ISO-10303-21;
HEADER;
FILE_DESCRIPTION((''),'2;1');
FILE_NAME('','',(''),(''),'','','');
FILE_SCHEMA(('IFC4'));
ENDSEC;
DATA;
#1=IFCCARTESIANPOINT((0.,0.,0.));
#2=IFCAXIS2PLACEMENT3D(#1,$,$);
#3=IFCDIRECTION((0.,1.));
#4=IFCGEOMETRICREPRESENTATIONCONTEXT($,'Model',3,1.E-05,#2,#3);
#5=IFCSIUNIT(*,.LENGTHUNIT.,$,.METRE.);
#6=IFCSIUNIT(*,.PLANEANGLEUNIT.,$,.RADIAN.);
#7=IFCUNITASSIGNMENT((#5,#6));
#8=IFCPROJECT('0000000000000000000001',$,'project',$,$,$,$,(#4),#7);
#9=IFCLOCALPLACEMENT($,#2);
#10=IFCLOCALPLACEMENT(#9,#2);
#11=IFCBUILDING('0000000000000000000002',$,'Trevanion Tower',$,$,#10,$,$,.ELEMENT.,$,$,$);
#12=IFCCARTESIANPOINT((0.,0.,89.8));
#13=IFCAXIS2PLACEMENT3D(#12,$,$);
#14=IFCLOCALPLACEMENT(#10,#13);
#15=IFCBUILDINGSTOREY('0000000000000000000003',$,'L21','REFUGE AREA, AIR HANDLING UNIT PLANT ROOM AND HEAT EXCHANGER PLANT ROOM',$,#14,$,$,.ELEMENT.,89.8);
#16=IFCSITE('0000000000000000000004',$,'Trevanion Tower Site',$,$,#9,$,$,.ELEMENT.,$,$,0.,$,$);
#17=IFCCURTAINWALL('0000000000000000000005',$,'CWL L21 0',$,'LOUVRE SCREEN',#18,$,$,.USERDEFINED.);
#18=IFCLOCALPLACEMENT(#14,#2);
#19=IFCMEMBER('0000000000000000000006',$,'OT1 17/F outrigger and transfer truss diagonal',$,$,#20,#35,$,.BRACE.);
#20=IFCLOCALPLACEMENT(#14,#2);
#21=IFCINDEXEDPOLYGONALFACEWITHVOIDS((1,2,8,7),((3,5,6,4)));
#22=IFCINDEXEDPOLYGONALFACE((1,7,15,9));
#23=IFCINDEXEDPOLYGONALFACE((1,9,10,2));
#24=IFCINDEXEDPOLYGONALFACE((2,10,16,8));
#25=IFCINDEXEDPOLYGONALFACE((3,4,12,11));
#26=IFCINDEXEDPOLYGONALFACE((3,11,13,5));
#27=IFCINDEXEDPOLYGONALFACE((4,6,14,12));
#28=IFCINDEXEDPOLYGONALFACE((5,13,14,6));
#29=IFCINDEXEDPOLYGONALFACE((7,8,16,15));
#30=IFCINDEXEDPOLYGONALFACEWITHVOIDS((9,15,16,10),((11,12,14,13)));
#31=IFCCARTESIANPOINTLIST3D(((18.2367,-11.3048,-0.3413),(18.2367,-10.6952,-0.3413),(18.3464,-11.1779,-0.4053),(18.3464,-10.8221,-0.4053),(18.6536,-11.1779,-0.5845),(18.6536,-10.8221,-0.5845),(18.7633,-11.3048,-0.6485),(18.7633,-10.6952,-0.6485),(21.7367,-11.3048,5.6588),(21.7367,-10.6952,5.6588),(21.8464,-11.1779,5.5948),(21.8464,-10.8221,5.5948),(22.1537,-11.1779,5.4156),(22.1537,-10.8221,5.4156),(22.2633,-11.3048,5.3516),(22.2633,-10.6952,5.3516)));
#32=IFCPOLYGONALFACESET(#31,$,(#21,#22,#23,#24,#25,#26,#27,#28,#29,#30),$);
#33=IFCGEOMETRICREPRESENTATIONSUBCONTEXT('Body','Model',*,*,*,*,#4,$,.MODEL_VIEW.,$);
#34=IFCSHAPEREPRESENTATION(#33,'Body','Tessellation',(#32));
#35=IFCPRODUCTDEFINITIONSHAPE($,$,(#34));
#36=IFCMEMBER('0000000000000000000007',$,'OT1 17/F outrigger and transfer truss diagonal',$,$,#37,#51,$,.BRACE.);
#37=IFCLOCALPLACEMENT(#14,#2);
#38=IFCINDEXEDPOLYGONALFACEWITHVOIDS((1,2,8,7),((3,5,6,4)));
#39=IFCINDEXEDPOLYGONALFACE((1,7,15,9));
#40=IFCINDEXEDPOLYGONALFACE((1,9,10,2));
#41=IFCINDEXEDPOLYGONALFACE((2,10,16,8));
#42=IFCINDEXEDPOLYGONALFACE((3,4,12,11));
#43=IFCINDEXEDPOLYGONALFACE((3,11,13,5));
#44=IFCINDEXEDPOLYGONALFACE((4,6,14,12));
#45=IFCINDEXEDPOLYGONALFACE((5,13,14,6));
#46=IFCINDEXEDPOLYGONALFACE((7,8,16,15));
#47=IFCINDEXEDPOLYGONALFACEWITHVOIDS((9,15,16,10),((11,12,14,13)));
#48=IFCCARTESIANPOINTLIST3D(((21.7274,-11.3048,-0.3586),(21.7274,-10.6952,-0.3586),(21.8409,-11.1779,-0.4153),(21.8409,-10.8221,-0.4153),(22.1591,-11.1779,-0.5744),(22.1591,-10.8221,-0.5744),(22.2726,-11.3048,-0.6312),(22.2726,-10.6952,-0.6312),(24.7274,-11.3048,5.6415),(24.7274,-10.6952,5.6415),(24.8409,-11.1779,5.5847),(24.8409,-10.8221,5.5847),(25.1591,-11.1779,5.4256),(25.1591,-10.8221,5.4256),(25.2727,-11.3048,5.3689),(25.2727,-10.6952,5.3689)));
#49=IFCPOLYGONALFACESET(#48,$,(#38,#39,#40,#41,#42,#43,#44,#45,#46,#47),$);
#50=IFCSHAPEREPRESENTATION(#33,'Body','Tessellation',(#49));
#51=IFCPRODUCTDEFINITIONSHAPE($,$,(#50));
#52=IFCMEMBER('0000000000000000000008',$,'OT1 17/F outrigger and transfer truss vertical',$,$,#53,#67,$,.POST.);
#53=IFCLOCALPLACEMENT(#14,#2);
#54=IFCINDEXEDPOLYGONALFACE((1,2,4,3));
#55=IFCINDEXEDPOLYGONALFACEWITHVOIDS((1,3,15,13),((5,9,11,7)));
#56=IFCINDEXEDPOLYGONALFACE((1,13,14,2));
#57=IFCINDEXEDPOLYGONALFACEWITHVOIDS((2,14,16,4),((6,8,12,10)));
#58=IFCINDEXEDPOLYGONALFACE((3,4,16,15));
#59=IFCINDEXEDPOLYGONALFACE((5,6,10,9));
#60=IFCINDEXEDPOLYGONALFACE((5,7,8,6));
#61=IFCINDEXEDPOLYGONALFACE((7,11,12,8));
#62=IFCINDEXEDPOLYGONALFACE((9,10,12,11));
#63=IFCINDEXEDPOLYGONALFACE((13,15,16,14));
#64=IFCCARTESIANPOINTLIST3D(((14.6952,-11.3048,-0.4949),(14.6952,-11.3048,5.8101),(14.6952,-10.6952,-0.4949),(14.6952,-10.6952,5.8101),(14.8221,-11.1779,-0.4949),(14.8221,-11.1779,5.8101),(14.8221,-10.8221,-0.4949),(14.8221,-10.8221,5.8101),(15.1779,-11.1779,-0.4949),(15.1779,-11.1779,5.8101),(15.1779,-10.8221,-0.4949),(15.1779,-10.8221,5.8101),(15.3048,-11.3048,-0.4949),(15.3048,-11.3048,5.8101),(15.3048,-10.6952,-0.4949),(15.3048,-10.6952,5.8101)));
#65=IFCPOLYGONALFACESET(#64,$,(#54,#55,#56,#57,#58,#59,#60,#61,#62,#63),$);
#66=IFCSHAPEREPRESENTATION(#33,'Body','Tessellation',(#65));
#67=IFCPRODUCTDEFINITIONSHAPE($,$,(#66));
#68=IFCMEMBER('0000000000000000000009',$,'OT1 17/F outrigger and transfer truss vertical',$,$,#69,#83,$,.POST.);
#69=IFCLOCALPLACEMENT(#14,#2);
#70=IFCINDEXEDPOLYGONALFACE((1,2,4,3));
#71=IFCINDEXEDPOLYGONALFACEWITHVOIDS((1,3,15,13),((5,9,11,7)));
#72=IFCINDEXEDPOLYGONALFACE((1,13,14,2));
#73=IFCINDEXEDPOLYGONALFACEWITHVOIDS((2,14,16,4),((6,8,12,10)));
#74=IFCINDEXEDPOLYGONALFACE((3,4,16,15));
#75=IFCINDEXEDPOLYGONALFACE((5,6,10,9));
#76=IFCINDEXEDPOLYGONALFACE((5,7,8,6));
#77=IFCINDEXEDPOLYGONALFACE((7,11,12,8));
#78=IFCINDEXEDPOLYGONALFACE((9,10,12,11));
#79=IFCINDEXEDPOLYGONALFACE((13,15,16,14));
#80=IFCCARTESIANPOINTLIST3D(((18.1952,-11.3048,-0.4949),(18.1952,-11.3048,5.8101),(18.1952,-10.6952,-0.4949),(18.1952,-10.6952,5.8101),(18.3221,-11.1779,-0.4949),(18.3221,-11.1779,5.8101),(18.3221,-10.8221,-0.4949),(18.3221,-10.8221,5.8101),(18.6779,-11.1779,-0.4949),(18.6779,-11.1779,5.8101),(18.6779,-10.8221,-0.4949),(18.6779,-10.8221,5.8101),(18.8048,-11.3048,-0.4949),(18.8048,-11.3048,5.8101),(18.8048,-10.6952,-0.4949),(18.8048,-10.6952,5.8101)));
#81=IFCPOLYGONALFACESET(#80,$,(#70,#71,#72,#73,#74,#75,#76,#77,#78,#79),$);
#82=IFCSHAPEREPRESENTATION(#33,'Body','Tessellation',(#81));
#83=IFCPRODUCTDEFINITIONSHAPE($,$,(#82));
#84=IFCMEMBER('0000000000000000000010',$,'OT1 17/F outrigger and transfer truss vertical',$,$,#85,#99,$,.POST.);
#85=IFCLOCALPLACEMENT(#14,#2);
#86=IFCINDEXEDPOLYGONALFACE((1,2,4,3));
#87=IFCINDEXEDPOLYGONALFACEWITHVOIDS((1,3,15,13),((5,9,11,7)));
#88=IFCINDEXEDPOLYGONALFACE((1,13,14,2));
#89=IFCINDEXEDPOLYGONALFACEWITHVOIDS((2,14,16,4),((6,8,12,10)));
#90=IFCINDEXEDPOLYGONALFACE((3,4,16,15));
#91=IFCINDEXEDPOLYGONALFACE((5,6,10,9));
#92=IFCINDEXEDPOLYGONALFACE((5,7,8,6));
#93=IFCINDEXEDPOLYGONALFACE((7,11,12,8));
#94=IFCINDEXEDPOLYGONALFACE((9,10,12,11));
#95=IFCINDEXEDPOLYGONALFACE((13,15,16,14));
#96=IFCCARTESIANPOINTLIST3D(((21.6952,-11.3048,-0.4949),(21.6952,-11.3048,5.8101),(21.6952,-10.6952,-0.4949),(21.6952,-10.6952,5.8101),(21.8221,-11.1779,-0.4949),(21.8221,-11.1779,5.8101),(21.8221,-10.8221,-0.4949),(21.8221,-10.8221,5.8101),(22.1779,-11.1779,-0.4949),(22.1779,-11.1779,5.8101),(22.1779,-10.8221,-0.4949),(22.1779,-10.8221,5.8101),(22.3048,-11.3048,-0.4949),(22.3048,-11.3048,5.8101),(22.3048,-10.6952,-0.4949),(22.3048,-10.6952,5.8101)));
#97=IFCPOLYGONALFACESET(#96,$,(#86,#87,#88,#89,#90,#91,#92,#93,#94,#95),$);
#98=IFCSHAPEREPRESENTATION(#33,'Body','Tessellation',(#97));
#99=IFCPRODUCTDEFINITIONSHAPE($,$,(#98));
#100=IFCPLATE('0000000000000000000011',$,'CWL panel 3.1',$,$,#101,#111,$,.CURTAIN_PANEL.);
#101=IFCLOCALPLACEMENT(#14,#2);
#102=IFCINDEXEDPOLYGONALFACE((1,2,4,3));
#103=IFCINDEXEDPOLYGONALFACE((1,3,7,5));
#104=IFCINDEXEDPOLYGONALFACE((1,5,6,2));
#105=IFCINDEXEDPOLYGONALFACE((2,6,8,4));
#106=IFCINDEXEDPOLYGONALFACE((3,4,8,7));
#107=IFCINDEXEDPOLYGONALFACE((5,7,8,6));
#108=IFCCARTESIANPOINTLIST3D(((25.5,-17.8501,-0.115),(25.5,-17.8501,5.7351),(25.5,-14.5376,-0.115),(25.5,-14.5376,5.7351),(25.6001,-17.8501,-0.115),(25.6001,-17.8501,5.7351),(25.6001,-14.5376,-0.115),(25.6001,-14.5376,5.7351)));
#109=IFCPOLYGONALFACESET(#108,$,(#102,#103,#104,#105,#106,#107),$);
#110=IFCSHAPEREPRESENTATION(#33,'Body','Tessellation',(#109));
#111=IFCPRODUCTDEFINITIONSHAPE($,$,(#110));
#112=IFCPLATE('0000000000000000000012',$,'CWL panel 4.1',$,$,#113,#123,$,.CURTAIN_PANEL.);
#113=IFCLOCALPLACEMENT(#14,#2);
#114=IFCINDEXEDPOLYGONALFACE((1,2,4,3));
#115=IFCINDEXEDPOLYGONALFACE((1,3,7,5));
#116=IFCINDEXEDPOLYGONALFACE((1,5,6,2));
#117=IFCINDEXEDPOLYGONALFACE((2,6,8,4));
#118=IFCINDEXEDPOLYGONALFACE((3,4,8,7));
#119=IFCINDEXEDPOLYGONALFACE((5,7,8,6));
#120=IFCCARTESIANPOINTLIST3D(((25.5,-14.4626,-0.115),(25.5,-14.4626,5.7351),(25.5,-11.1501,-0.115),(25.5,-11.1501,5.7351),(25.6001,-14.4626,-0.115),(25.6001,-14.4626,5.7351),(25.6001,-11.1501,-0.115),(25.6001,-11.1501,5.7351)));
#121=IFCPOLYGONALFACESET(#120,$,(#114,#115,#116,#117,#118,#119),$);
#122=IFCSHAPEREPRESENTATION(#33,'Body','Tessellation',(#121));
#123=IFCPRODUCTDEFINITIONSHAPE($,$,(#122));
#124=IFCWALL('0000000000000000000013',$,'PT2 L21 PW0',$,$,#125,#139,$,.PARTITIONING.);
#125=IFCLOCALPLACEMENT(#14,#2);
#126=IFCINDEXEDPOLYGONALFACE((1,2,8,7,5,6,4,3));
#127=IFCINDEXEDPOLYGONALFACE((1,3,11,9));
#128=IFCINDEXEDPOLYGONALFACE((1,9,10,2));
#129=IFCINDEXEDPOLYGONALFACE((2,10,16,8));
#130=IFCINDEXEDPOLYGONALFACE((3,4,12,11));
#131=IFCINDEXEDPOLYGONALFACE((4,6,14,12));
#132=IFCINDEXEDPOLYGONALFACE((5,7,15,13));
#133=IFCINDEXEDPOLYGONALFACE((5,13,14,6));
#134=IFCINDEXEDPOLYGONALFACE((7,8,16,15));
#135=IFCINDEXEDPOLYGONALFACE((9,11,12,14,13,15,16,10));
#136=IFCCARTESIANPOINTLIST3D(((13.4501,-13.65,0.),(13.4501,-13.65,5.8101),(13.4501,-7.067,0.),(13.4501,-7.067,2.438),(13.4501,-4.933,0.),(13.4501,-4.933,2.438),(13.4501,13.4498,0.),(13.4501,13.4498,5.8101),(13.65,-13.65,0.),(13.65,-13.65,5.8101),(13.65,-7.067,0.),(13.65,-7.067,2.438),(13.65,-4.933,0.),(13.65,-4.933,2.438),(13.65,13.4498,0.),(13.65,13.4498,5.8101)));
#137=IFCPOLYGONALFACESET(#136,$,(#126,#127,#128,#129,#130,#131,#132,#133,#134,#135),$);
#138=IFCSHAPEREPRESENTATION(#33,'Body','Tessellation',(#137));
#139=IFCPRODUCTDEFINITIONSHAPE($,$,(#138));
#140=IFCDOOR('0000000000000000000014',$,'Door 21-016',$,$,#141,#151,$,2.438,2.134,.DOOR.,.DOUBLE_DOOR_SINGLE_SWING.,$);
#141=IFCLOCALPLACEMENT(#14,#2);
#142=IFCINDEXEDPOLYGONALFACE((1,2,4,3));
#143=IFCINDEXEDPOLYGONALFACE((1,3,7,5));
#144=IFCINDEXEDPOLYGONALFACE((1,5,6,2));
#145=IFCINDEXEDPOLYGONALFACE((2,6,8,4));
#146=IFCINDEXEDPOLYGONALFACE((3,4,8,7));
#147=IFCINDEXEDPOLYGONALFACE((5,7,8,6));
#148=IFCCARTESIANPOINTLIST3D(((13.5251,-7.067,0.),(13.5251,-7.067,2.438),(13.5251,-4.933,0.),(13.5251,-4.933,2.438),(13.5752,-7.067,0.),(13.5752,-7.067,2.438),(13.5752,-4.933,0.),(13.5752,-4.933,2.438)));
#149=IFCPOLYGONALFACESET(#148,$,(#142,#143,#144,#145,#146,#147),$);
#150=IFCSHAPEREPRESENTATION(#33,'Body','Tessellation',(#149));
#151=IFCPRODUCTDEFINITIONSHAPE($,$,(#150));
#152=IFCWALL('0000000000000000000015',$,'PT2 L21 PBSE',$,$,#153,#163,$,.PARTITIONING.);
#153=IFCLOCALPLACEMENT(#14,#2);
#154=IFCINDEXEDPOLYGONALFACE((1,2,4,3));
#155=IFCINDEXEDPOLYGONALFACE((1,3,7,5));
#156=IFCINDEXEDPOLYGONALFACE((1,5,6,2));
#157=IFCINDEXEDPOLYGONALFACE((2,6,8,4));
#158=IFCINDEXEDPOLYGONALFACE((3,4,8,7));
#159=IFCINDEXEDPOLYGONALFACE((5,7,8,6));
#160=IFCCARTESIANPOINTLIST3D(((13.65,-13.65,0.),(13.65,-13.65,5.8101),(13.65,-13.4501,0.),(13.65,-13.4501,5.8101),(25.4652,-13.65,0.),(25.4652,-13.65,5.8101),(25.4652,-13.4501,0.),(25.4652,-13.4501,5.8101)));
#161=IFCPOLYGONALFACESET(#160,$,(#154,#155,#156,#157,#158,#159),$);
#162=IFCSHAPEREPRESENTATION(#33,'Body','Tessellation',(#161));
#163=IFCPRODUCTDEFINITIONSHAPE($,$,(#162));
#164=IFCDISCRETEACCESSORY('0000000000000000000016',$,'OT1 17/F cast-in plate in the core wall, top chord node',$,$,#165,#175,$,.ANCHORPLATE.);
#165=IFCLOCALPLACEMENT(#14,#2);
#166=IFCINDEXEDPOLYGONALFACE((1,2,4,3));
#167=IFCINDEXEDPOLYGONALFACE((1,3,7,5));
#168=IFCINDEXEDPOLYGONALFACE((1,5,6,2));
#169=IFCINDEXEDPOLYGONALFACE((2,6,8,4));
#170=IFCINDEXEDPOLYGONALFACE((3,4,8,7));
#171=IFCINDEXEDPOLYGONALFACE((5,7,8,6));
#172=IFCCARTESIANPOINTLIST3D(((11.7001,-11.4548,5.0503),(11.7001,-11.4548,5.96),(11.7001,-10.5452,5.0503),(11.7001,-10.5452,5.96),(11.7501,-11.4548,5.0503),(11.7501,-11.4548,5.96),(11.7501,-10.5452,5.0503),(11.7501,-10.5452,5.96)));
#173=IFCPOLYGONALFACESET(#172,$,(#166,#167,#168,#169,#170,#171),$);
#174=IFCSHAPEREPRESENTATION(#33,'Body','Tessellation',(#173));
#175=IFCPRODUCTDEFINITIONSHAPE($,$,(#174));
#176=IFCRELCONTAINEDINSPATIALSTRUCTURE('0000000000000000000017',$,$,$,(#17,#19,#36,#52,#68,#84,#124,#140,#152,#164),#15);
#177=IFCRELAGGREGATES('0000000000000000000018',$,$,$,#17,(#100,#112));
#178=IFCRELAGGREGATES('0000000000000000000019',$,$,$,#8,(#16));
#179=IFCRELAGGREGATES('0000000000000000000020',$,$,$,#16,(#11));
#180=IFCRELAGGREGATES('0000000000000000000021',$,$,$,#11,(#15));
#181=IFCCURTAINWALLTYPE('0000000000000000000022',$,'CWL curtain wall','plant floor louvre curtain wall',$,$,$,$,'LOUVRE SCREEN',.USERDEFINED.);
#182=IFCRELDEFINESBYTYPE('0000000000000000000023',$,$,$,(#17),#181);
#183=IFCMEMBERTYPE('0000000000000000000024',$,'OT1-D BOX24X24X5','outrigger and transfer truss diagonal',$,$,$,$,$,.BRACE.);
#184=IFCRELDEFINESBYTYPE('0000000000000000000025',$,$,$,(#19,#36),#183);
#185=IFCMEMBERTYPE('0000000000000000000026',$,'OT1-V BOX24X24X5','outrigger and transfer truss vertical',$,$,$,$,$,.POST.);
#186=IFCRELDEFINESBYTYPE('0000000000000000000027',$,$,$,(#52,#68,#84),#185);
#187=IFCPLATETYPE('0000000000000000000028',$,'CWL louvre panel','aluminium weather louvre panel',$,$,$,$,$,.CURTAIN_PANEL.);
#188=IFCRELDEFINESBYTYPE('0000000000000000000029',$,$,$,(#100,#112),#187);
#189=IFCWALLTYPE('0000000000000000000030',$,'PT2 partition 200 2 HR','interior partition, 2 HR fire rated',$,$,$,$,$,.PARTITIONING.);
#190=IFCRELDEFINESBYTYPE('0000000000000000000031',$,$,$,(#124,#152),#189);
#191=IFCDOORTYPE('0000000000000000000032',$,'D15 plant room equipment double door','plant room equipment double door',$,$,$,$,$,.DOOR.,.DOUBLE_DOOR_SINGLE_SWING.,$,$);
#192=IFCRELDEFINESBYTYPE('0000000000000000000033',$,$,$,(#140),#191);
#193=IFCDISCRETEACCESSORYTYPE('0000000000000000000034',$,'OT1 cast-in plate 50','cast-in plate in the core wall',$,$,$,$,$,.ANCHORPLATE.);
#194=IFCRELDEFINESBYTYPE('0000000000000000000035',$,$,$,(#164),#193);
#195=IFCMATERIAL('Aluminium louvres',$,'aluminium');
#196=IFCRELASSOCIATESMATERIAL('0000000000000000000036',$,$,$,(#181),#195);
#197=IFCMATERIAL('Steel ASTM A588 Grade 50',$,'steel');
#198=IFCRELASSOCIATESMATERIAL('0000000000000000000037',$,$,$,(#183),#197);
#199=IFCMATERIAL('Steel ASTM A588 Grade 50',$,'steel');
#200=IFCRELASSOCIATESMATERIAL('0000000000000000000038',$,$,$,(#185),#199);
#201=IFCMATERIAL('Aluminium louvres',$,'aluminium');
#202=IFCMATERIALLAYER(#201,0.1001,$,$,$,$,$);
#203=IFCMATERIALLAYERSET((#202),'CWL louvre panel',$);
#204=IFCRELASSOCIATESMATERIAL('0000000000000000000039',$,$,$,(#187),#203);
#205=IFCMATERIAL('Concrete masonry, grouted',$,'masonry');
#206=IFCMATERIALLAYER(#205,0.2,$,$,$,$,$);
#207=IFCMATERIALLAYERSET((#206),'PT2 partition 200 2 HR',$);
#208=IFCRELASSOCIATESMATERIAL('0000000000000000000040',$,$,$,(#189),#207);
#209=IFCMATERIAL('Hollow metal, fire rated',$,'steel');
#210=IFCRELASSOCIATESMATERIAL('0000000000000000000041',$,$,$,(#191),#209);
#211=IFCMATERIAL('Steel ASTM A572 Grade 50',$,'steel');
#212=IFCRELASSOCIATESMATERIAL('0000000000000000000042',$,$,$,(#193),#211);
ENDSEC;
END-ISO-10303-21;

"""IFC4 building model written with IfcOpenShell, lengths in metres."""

from ifc_helpers import new_model, si_unit, direction, frame, frame_2d, origin, origin_2d, place, context, subcontext, project, spatial, rectangle, hollow_rectangle, extrude, material, layer, layer_set, material_profile, profile_set, type_object, element, fill, aggregate, save


model = new_model("IFC4")

# Units and contexts
model_context = context("Model", 3, precision=1e-05, world=origin(), true_north=direction((0.0, 1.0)))
body_context = subcontext(model_context, "Body", "Model", "MODEL_VIEW")
ifc_project = project(units=[si_unit("LENGTHUNIT", "METRE"), si_unit("PLANEANGLEUNIT", "RADIAN")], contexts=[model_context])

# Site, building, storey
site_placement = place(None, origin())
site = spatial("IfcSite", under=ifc_project, at=site_placement, Name="Trevanion Tower Site", CompositionType="ELEMENT", RefElevation=0.0)
building_placement = place(site_placement, origin())
building = spatial("IfcBuilding", under=site, at=building_placement, Name="Trevanion Tower", CompositionType="ELEMENT")
storey_placement = place(building_placement, frame((0.0, 0.0, 89.8)))
storey = spatial("IfcBuildingStorey", under=building, at=storey_placement, Name="L21", Description="REFUGE AREA, AIR HANDLING UNIT PLANT ROOM AND HEAT EXCHANGER PLANT ROOM", CompositionType="ELEMENT", Elevation=89.8)

# Curtain wall
ifc_material_1 = material(Name="Aluminium louvres", Category="aluminium")
curtain_wall_type = type_object("IfcCurtainWallType", Name="CWL curtain wall", Description="plant floor louvre curtain wall", ElementType="LOUVRE SCREEN", PredefinedType="USERDEFINED", material=ifc_material_1)
curtain_wall_placement = place(storey_placement, origin())
curtain_wall = element("IfcCurtainWall", 1, at=curtain_wall_placement, inside=storey, type_object=curtain_wall_type, Name="CWL L21 0", ObjectType="LOUVRE SCREEN", PredefinedType="USERDEFINED")

# Members
ifc_material_2 = material(Name="Steel ASTM A588 Grade 50", Category="steel")
ifc_material_profile_1 = material_profile(ifc_material_2, hollow_rectangle(XDim=0.6096, YDim=0.6096, WallThickness=0.127, at=origin_2d()), Name="BOX24X24X5")
ifc_profile_set_1 = profile_set([ifc_material_profile_1], Name="Steel ASTM A588 Grade 50")
member_type_1 = type_object("IfcMemberType", Name="OT1-D BOX24X24X5", Description="outrigger and transfer truss diagonal", PredefinedType="BRACE", material=ifc_profile_set_1)
for number, where, z_axis, x_axis, name in (
    (2, (18.5, -11.0, -0.4949), (0.503871, 0.0, 0.863779), (0.0, 1.0, 0.0), "OT1 17/F outrigger and transfer truss diagonal"),
):
    element("IfcMember", number, at=place(storey_placement, frame(where, z_axis=z_axis, x_axis=x_axis)), inside=storey, type_object=member_type_1, Name=name, PredefinedType="BRACE", context=body_context, shape_type="SweptSolid", body=[
        extrude(hollow_rectangle(XDim=0.6096, YDim=0.6096, WallThickness=0.127, at=origin_2d()), origin(), (0.0, 0.0, 1.0), 6.9463),
    ])
member_1_placement = place(storey_placement, frame((22.0, -11.0, -0.4949), z_axis=(0.447214, 0.0, 0.894427), x_axis=(0.0, 1.0, 0.0)))
element("IfcMember", 3, at=member_1_placement, inside=storey, type_object=member_type_1, Name="OT1 17/F outrigger and transfer truss diagonal", PredefinedType="BRACE", context=body_context, shape_type="SweptSolid", body=[
    extrude(hollow_rectangle(XDim=0.6096, YDim=0.6096, WallThickness=0.127, at=origin_2d()), origin(), (0.0, 0.0, 1.0), 6.7083),
])
ifc_material_3 = material(Name="Steel ASTM A588 Grade 50", Category="steel")
ifc_material_profile_2 = material_profile(ifc_material_3, hollow_rectangle(XDim=0.6096, YDim=0.6096, WallThickness=0.127, at=origin_2d()), Name="BOX24X24X5")
ifc_profile_set_2 = profile_set([ifc_material_profile_2], Name="Steel ASTM A588 Grade 50")
member_type_2 = type_object("IfcMemberType", Name="OT1-V BOX24X24X5", Description="outrigger and transfer truss vertical", PredefinedType="POST", material=ifc_profile_set_2)
for number, where, z_axis, x_axis, name in (
    (4, (15.0, -11.0, -0.4949), (0.0, 0.0, 1.0), (1.0, 0.0, 0.0), "OT1 17/F outrigger and transfer truss vertical"),
    (5, (18.5, -11.0, -0.4949), (0.0, 0.0, 1.0), (1.0, 0.0, 0.0), "OT1 17/F outrigger and transfer truss vertical"),
    (6, (22.0, -11.0, -0.4949), (0.0, 0.0, 1.0), (1.0, 0.0, 0.0), "OT1 17/F outrigger and transfer truss vertical"),
):
    element("IfcMember", number, at=place(storey_placement, frame(where, z_axis=z_axis, x_axis=x_axis)), inside=storey, type_object=member_type_2, Name=name, PredefinedType="POST", context=body_context, shape_type="SweptSolid", body=[
        extrude(hollow_rectangle(XDim=0.6096, YDim=0.6096, WallThickness=0.127, at=origin_2d()), origin(), (0.0, 0.0, 1.0), 6.3049),
    ])

# Plates
ifc_material_4 = material(Name="Aluminium louvres", Category="aluminium")
ifc_layer_1 = layer(ifc_material_4, 0.1001)
ifc_layer_set_1 = layer_set([ifc_layer_1], Name="CWL louvre panel")
plate_type = type_object("IfcPlateType", Name="CWL louvre panel", Description="aluminium weather louvre panel", PredefinedType="CURTAIN_PANEL", material=ifc_layer_set_1)
plate_1_placement = place(storey_placement, frame((25.55, -16.1938, -0.115), z_axis=(0.0, 0.0, 1.0), x_axis=(0.0, 1.0, 0.0)))
plate_1 = element("IfcPlate", 7, at=plate_1_placement, type_object=plate_type, Name="CWL panel 3.1", PredefinedType="CURTAIN_PANEL", context=body_context, shape_type="SweptSolid", body=[
    extrude(rectangle(XDim=3.3125, YDim=0.1001, at=origin_2d()), origin(), (0.0, 0.0, 1.0), 5.8501),
])
plate_2_placement = place(storey_placement, frame((25.55, -12.8064, -0.115), z_axis=(0.0, 0.0, 1.0), x_axis=(0.0, 1.0, 0.0)))
plate_2 = element("IfcPlate", 8, at=plate_2_placement, type_object=plate_type, Name="CWL panel 4.1", PredefinedType="CURTAIN_PANEL", context=body_context, shape_type="SweptSolid", body=[
    extrude(rectangle(XDim=3.3125, YDim=0.1001, at=origin_2d()), origin(), (0.0, 0.0, 1.0), 5.8501),
])
aggregate(curtain_wall, [plate_1, plate_2])

# Wall, opening, door
ifc_material_5 = material(Name="Concrete masonry, grouted", Category="masonry")
ifc_layer_2 = layer(ifc_material_5, 0.2)
ifc_layer_set_2 = layer_set([ifc_layer_2], Name="PT2 partition 200 2 HR")
wall_type = type_object("IfcWallType", Name="PT2 partition 200 2 HR", Description="interior partition, 2 HR fire rated", PredefinedType="PARTITIONING", material=ifc_layer_set_2)
wall_1_placement = place(storey_placement, frame((13.55, -13.6499, 0.0), z_axis=(0.0, 0.0, 1.0), x_axis=(0.0, 1.0, 0.0)))
wall_1 = element("IfcWall", 9, at=wall_1_placement, inside=storey, type_object=wall_type, Name="PT2 L21 PW0", PredefinedType="PARTITIONING", context=body_context, shape_type="SweptSolid", body=[
    extrude(rectangle(XDim=27.0999, YDim=0.2, at=frame_2d((13.5498, 0.0))), origin(), (0.0, 0.0, 1.0), 5.8101),
])
opening_placement = place(wall_1_placement, frame((6.583, 0.0, 0.0)))
opening = element("IfcOpeningElement", 10, at=opening_placement, cuts=wall_1, PredefinedType="OPENING", context=body_context, shape_type="SweptSolid", body=[
    extrude(rectangle(XDim=2.134, YDim=2.438, at=frame_2d((1.0669, 1.219))), frame((0.0, 0.1099, 0.0), z_axis=(0.0, -1.0, 0.0), x_axis=(1.0, 0.0, 0.0)), (0.0, 0.0, 1.0), 0.22),
])
ifc_material_6 = material(Name="Hollow metal, fire rated", Category="steel")
door_type = type_object("IfcDoorType", Name="D15 plant room equipment double door", Description="plant room equipment double door", OperationType="DOUBLE_DOOR_SINGLE_SWING", PredefinedType="DOOR", material=ifc_material_6)
door_placement = place(opening_placement, origin())
door = element("IfcDoor", 11, at=door_placement, inside=storey, type_object=door_type, Name="Door 21-016", OperationType="DOUBLE_DOOR_SINGLE_SWING", OverallHeight=2.438, OverallWidth=2.134, PredefinedType="DOOR", context=body_context, shape_type="SweptSolid", body=[
    extrude(rectangle(XDim=2.134, YDim=2.438, at=frame_2d((1.0669, 1.219))), frame((0.0, 0.0249, 0.0), z_axis=(0.0, -1.0, 0.0), x_axis=(1.0, 0.0, 0.0)), (0.0, 0.0, 1.0), 0.05),
])
fill(opening, door)

# Wall
wall_2_placement = place(storey_placement, frame((13.6499, -13.55, 0.0), z_axis=(0.0, 0.0, 1.0), x_axis=(1.0, 0.0, 0.0)))
element("IfcWall", 12, at=wall_2_placement, inside=storey, type_object=wall_type, Name="PT2 L21 PBSE", PredefinedType="PARTITIONING", context=body_context, shape_type="SweptSolid", body=[
    extrude(rectangle(XDim=11.8152, YDim=0.2, at=frame_2d((5.9077, 0.0))), origin(), (0.0, 0.0, 1.0), 5.8101),
])

# Discrete accessory
ifc_material_7 = material(Name="Steel ASTM A572 Grade 50", Category="steel")
discrete_accessory_type = type_object("IfcDiscreteAccessoryType", Name="OT1 cast-in plate 50", Description="cast-in plate in the core wall", PredefinedType="ANCHORPLATE", material=ifc_material_7)
discrete_accessory_placement = place(storey_placement, frame((11.7251, -11.0, 5.0503), z_axis=(0.0, 0.0, 1.0), x_axis=(1.0, 0.0, 0.0)))
element("IfcDiscreteAccessory", 13, at=discrete_accessory_placement, inside=storey, type_object=discrete_accessory_type, Name="OT1 17/F cast-in plate in the core wall, top chord node", PredefinedType="ANCHORPLATE", context=body_context, shape_type="SweptSolid", body=[
    extrude(rectangle(XDim=0.05, YDim=0.9097, at=origin_2d()), origin(), (0.0, 0.0, 1.0), 0.9097),
])

save(model, "model.ifc")
